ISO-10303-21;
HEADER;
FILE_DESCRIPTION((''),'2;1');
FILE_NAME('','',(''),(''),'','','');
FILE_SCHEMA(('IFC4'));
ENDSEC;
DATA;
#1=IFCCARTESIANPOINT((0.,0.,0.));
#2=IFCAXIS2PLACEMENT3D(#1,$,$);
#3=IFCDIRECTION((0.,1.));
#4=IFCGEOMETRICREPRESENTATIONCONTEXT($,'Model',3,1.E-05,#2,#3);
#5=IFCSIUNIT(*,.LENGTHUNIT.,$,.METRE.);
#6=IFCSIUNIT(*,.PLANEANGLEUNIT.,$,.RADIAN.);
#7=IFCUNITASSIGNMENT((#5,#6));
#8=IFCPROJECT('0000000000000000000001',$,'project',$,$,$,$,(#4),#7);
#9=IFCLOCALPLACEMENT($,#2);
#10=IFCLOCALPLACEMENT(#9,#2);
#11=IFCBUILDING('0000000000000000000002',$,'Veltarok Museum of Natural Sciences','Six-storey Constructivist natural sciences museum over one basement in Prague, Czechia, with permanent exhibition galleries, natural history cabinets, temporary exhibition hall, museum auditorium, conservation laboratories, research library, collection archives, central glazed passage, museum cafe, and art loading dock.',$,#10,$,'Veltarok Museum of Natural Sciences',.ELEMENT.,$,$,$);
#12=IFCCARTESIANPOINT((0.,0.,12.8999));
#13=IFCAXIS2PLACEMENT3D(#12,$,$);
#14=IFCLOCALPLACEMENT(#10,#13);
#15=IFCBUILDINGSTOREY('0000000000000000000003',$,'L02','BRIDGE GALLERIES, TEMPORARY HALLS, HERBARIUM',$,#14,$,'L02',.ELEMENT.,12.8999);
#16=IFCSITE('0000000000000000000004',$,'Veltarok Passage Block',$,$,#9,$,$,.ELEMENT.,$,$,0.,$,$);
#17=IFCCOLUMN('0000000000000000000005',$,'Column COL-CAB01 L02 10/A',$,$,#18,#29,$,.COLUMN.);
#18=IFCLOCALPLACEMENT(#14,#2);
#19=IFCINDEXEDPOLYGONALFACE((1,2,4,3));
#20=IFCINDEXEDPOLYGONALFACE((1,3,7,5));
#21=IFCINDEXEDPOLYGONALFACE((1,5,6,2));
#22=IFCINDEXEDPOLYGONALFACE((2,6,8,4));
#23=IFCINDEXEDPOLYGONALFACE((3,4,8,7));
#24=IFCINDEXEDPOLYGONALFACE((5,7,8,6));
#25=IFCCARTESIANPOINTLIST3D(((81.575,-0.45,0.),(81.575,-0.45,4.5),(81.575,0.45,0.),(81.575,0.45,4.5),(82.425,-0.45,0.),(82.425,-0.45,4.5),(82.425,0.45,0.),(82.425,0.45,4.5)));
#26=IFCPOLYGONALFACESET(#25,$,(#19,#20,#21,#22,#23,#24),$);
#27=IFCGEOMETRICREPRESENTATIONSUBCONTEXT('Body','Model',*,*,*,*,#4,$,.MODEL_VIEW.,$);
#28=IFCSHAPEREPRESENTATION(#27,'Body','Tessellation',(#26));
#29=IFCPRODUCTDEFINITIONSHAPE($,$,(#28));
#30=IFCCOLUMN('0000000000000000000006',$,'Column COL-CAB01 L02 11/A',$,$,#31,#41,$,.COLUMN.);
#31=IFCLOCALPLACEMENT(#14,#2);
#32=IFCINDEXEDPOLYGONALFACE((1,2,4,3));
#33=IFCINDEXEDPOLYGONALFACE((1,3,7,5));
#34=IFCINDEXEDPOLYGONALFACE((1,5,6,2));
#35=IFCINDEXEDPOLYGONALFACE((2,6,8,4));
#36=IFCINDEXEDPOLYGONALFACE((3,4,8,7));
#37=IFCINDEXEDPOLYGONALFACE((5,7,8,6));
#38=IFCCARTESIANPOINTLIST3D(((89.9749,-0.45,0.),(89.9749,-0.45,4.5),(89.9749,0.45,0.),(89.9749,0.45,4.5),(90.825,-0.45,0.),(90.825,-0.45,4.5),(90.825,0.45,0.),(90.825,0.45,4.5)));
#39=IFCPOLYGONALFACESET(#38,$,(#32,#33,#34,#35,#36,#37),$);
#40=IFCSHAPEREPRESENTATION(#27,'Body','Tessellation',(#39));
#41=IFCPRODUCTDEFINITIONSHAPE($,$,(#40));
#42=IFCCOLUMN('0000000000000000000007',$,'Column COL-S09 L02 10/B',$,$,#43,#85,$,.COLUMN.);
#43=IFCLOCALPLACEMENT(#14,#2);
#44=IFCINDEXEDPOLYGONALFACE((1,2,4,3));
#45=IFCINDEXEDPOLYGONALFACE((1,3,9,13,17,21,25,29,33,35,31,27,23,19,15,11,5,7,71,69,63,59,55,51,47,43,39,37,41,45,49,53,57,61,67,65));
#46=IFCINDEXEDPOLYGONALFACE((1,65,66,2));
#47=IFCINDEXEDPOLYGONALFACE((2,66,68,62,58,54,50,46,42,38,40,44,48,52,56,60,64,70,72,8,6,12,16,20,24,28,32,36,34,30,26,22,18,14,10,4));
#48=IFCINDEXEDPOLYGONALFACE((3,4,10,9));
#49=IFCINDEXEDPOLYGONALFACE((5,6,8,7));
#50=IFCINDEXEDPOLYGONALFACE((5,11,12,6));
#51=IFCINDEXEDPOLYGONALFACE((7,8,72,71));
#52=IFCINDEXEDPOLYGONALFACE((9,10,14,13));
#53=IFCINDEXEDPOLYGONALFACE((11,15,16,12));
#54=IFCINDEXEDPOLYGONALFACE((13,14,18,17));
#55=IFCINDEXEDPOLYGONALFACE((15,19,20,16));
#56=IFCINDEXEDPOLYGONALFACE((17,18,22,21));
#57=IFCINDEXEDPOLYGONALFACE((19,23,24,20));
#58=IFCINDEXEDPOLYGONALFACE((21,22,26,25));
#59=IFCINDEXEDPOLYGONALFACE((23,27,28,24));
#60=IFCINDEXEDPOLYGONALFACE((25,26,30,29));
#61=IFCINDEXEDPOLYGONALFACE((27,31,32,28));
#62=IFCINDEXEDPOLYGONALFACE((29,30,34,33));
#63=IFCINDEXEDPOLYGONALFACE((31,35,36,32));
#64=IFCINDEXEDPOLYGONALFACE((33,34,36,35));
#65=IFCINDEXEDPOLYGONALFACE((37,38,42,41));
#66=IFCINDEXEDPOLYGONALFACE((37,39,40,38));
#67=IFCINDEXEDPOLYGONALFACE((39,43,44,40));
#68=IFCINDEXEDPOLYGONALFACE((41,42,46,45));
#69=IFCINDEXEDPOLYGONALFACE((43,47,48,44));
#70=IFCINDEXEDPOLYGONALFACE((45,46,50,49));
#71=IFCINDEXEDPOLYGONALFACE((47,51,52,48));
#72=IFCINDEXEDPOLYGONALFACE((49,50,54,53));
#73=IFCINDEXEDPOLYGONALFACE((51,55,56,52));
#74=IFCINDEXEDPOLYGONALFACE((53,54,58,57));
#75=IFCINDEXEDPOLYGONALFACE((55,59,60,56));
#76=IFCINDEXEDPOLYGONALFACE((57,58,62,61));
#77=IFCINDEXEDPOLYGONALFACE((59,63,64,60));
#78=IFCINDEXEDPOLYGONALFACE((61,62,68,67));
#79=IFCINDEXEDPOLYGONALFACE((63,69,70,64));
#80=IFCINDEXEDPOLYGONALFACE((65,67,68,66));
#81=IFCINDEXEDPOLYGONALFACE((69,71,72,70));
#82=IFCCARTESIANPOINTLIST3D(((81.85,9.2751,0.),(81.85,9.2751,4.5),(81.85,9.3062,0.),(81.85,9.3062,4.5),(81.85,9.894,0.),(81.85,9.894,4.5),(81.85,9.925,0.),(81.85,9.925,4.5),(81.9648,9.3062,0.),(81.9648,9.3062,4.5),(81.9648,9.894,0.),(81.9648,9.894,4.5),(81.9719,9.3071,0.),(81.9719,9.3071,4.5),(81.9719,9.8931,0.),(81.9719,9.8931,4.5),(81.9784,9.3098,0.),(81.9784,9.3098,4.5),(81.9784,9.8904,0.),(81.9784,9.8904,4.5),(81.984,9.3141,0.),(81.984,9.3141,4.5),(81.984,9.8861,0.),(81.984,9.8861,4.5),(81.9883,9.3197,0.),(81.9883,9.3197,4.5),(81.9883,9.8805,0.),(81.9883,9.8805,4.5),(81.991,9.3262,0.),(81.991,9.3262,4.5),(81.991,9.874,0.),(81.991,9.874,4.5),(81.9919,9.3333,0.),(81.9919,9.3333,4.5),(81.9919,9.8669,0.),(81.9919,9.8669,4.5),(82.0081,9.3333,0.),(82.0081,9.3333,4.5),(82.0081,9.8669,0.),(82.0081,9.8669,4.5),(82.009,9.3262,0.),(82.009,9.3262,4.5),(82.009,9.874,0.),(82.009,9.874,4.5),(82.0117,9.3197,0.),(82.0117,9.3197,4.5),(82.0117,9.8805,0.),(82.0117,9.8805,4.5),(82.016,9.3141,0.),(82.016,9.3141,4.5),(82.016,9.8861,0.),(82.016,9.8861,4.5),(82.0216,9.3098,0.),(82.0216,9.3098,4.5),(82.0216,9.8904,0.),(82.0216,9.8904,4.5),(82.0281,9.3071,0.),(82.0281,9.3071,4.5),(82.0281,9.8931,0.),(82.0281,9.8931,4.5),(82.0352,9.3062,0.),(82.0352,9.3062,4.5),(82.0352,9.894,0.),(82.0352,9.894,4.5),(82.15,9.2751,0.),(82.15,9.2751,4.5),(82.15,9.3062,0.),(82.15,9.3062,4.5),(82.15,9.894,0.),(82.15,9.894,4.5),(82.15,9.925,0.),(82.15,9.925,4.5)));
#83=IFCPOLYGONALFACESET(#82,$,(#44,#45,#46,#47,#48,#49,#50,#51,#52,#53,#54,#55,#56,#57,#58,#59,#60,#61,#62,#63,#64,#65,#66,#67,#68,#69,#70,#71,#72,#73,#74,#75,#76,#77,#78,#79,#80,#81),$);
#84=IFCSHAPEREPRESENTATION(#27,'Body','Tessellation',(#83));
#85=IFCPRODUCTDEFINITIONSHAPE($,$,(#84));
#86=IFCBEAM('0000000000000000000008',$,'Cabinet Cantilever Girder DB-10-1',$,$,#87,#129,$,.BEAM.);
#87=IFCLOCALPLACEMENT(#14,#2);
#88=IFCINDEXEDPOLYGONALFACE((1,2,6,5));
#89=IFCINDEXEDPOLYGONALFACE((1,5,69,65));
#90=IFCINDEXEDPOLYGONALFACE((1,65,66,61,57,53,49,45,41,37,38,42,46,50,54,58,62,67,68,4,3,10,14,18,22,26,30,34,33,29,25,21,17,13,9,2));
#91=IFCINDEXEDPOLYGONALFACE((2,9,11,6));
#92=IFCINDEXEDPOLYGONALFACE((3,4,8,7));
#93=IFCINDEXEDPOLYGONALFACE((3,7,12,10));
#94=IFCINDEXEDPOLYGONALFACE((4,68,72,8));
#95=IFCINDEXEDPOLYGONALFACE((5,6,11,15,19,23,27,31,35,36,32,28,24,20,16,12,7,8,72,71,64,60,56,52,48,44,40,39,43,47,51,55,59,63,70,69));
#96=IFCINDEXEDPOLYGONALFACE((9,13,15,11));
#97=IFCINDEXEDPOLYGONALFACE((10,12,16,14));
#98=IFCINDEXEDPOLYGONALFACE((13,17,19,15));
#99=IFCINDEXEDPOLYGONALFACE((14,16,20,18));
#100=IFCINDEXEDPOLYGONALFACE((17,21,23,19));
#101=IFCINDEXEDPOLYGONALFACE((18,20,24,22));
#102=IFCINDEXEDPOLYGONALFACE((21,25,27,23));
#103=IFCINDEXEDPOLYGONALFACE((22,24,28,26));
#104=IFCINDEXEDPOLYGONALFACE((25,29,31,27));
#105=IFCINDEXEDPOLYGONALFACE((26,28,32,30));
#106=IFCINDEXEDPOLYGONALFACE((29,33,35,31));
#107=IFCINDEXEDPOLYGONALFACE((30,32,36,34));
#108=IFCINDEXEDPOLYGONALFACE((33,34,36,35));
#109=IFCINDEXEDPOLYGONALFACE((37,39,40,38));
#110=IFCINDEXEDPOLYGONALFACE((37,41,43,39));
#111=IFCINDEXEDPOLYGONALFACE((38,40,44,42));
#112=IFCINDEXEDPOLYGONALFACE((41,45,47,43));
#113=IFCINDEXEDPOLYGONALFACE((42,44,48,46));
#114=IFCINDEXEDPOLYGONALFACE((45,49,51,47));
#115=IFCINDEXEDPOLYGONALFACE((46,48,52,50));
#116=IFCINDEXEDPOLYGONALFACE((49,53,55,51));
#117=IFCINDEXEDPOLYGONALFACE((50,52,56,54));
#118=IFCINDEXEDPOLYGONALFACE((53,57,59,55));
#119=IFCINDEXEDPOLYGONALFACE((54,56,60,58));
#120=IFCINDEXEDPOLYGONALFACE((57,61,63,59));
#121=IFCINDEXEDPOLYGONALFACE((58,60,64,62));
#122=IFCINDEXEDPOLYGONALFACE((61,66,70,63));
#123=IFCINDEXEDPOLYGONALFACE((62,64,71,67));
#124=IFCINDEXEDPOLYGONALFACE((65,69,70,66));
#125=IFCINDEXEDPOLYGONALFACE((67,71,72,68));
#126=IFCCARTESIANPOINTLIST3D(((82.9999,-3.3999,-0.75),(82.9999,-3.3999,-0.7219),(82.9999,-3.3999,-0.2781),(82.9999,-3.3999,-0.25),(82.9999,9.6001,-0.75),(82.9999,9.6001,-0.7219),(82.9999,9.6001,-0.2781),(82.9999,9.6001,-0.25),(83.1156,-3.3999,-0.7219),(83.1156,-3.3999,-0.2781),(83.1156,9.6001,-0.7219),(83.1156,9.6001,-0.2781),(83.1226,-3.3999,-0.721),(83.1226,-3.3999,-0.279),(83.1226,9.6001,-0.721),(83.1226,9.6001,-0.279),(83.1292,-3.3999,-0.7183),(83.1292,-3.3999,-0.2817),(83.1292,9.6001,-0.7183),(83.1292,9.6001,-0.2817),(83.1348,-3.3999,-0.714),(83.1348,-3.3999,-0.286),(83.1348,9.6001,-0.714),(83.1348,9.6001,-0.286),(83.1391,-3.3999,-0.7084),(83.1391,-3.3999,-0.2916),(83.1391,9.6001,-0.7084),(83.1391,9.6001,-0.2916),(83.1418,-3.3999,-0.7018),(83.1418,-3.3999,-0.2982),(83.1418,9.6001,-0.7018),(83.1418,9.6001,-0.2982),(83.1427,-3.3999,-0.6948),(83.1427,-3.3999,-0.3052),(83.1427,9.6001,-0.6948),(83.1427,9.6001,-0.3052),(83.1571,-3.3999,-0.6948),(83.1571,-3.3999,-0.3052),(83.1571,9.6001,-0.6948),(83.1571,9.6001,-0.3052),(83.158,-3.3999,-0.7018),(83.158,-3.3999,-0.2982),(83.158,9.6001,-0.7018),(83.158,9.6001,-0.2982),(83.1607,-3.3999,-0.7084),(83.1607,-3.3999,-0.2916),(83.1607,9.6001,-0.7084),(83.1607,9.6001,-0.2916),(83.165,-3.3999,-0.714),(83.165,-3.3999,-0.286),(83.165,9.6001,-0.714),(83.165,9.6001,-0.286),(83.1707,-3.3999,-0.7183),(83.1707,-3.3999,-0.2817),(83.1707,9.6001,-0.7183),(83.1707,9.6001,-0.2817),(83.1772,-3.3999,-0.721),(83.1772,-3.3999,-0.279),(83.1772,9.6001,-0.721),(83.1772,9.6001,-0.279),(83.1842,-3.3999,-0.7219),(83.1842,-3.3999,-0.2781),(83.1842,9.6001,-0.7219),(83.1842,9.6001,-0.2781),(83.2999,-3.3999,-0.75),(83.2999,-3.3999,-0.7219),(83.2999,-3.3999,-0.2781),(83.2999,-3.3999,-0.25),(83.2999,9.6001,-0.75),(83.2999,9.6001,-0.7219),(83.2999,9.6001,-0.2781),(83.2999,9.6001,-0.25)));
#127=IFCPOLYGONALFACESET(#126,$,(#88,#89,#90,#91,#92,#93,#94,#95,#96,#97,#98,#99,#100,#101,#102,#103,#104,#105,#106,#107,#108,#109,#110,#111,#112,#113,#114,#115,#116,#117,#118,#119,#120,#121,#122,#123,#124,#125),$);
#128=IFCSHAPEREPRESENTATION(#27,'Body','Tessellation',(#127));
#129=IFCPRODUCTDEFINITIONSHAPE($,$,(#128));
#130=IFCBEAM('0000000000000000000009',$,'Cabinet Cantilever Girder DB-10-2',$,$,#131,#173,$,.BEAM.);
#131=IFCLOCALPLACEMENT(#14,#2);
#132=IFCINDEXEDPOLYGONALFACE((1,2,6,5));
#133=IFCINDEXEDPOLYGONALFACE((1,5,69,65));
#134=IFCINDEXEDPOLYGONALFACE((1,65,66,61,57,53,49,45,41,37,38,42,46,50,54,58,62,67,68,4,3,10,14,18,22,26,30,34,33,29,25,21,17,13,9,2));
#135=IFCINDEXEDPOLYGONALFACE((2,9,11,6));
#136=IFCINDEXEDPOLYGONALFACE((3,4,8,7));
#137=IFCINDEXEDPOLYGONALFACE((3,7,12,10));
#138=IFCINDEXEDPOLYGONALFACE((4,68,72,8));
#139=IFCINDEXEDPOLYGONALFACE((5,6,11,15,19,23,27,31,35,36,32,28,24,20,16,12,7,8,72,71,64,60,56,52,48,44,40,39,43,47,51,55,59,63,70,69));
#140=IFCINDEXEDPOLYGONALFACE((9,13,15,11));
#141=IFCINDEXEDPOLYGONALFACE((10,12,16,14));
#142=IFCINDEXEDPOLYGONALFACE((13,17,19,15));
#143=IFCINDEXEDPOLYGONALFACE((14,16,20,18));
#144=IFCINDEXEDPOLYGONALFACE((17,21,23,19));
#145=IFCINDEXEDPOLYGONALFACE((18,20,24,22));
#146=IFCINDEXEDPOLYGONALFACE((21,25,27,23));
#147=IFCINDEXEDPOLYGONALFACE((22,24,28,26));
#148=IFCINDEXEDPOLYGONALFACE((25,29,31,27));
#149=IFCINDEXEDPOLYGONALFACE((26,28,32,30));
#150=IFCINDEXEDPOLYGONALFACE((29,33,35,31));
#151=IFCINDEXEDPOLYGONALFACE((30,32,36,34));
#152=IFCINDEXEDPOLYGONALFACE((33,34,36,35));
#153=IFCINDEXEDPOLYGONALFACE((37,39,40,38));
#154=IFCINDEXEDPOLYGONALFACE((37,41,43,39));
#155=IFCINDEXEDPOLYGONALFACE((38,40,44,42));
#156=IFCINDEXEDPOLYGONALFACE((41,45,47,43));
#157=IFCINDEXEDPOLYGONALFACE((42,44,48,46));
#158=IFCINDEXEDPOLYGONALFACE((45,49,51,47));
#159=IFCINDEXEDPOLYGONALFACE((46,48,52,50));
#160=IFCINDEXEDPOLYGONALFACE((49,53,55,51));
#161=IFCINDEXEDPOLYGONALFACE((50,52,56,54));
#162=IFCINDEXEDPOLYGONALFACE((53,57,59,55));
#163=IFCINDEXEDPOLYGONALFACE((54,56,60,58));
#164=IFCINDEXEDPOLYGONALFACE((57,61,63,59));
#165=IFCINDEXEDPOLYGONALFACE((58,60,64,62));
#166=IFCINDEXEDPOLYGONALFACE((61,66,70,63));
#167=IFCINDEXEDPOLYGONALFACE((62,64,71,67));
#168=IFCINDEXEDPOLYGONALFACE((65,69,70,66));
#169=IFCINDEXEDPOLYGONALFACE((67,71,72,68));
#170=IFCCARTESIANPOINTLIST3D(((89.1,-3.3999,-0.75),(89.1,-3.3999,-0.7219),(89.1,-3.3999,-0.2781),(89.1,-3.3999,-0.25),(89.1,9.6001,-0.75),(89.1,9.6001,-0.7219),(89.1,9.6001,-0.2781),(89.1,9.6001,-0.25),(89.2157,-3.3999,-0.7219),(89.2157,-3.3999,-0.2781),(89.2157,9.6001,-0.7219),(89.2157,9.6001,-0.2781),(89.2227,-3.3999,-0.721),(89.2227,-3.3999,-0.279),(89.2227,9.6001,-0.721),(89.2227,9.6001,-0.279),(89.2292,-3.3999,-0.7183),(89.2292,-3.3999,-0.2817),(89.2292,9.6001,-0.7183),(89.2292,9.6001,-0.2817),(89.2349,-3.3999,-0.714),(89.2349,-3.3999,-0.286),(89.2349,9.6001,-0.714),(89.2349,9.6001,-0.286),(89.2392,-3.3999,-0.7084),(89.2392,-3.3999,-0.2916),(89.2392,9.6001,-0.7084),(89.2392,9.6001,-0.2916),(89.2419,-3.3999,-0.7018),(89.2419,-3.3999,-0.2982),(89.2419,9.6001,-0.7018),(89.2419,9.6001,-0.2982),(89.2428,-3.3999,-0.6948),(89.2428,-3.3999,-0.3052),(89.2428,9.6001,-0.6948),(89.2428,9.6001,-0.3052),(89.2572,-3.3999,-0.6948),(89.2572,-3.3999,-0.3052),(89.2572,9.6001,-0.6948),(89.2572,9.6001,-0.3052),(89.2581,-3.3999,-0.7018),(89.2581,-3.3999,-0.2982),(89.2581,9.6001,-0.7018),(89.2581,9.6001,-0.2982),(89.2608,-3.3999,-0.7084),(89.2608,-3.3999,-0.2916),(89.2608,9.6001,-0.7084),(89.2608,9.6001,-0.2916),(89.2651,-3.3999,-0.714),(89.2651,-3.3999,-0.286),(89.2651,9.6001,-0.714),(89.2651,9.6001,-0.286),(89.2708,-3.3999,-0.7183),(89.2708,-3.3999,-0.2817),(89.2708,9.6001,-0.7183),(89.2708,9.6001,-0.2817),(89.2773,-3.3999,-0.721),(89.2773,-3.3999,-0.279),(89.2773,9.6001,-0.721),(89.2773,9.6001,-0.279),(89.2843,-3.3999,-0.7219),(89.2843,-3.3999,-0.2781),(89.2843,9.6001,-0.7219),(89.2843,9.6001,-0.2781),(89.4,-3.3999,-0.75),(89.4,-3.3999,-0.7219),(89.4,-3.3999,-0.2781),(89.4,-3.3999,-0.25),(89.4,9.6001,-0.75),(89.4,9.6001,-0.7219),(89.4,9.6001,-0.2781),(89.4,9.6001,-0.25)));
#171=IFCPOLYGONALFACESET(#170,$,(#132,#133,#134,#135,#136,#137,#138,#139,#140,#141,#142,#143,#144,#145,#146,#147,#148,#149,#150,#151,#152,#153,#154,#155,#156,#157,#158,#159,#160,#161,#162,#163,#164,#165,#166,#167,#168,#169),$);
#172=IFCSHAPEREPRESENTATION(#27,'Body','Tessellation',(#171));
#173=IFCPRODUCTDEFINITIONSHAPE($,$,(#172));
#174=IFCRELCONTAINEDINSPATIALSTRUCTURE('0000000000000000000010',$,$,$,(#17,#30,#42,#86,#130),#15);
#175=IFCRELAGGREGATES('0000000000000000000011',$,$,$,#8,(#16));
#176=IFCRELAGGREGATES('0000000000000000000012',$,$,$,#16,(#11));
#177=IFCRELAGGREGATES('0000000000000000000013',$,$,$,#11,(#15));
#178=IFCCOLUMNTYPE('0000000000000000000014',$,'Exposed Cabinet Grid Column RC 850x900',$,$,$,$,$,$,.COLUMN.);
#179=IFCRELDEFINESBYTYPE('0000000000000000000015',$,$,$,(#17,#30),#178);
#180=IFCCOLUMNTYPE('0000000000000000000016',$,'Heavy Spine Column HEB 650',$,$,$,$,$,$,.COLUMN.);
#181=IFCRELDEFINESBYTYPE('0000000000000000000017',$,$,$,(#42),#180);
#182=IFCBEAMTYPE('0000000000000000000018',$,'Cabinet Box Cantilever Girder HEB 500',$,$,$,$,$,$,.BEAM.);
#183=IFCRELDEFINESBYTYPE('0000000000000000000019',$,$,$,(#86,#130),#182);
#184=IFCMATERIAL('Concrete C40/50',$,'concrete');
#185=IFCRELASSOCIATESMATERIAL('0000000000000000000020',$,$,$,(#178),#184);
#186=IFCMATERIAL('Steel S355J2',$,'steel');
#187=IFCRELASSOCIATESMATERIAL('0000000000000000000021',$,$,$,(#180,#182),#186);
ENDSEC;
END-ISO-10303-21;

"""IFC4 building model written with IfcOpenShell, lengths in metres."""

from ifc_helpers import new_model, si_unit, direction, frame, origin, origin_2d, place, context, subcontext, project, spatial, rectangle, i_section, extrude, material, material_profile, profile_set, type_object, element, save


model = new_model("IFC4")

# Units and contexts
model_context = context("Model", 3, precision=1e-05, world=origin(), true_north=direction((0.0, 1.0)))
body_context = subcontext(model_context, "Body", "Model", "MODEL_VIEW")
ifc_project = project(units=[si_unit("LENGTHUNIT", "METRE"), si_unit("PLANEANGLEUNIT", "RADIAN")], contexts=[model_context])

# Site, building, storey
site_placement = place(None, origin())
site = spatial("IfcSite", under=ifc_project, at=site_placement, Name="Veltarok Passage Block", CompositionType="ELEMENT", RefElevation=0.0)
building_placement = place(site_placement, origin())
building = spatial("IfcBuilding", under=site, at=building_placement, Name="Veltarok Museum of Natural Sciences", Description="Six-storey Constructivist natural sciences museum over one basement in Prague, Czechia, with permanent exhibition galleries, natural history cabinets, temporary exhibition hall, museum auditorium, conservation laboratories, research library, collection archives, central glazed passage, museum cafe, and art loading dock.", LongName="Veltarok Museum of Natural Sciences", CompositionType="ELEMENT")
storey_placement = place(building_placement, frame((0.0, 0.0, 12.8999)))
storey = spatial("IfcBuildingStorey", under=building, at=storey_placement, Name="L02", Description="BRIDGE GALLERIES, TEMPORARY HALLS, HERBARIUM", LongName="L02", CompositionType="ELEMENT", Elevation=12.8999)

# Columns
ifc_material_1 = material(Name="Concrete C40/50", Category="concrete")
ifc_material_profile_1 = material_profile(ifc_material_1, rectangle(XDim=0.8501, YDim=0.8999, at=origin_2d()), Name="RC 850x900")
ifc_profile_set_1 = profile_set([ifc_material_profile_1], Name="Concrete C40/50")
column_type_1 = type_object("IfcColumnType", Name="Exposed Cabinet Grid Column RC 850x900", PredefinedType="COLUMN", material=ifc_profile_set_1)
for number, where, z_axis, x_axis, name in (
    (1, (82.0, 0.0, 0.0), (0.0, 0.0, 1.0), (1.0, 0.0, 0.0), "Column COL-CAB01 L02 10/A"),
    (2, (90.3999, 0.0, 0.0), (0.0, 0.0, 1.0), (1.0, 0.0, 0.0), "Column COL-CAB01 L02 11/A"),
):
    element("IfcColumn", number, at=place(storey_placement, frame(where, z_axis=z_axis, x_axis=x_axis)), inside=storey, type_object=column_type_1, Name=name, PredefinedType="COLUMN", context=body_context, shape_type="SweptSolid", body=[
        extrude(rectangle(XDim=0.8501, YDim=0.8999, at=origin_2d()), origin(), (0.0, 0.0, 1.0), 4.5),
    ])
ifc_material_2 = material(Name="Steel S355J2", Category="steel")
ifc_material_profile_2 = material_profile(ifc_material_2, i_section(OverallWidth=0.3, OverallDepth=0.6499, WebThickness=0.0161, FlangeThickness=0.031, FilletRadius=0.0271, at=origin_2d()), Name="HEB 650")
ifc_profile_set_2 = profile_set([ifc_material_profile_2], Name="Steel S355J2")
column_type_2 = type_object("IfcColumnType", Name="Heavy Spine Column HEB 650", PredefinedType="COLUMN", material=ifc_profile_set_2)
column_placement = place(storey_placement, frame((82.0, 9.6001, 0.0), z_axis=(0.0, 0.0, 1.0), x_axis=(1.0, 0.0, 0.0)))
element("IfcColumn", 3, at=column_placement, inside=storey, type_object=column_type_2, Name="Column COL-S09 L02 10/B", PredefinedType="COLUMN", context=body_context, shape_type="SweptSolid", body=[
    extrude(i_section(OverallWidth=0.3, OverallDepth=0.6499, WebThickness=0.0161, FlangeThickness=0.031, FilletRadius=0.0271, at=origin_2d()), origin(), (0.0, 0.0, 1.0), 4.5),
])

# Beams
ifc_material_profile_3 = material_profile(ifc_material_2, i_section(OverallWidth=0.3, OverallDepth=0.5, WebThickness=0.0144, FlangeThickness=0.0281, FilletRadius=0.0271, at=origin_2d()), Name="HEB 500")
ifc_profile_set_3 = profile_set([ifc_material_profile_3], Name="Steel S355J2")
beam_type_1 = type_object("IfcBeamType", Name="Cabinet Box Cantilever Girder HEB 500", PredefinedType="BEAM", material=ifc_profile_set_3)
for number, where, z_axis, x_axis, name in (
    (4, (83.1499, -3.3999, -0.5), (0.0, 1.0, 0.0), (-1.0, 0.0, 0.0), "Cabinet Cantilever Girder DB-10-1"),
    (5, (89.25, -3.3999, -0.5), (0.0, 1.0, 0.0), (-1.0, 0.0, 0.0), "Cabinet Cantilever Girder DB-10-2"),
):
    element("IfcBeam", number, at=place(storey_placement, frame(where, z_axis=z_axis, x_axis=x_axis)), inside=storey, type_object=beam_type_1, Name=name, PredefinedType="BEAM", context=body_context, shape_type="SweptSolid", body=[
        extrude(i_section(OverallWidth=0.3, OverallDepth=0.5, WebThickness=0.0144, FlangeThickness=0.0281, FilletRadius=0.0271, at=origin_2d()), origin(), (0.0, 0.0, 1.0), 13.0),
    ])

save(model, "model.ifc")
